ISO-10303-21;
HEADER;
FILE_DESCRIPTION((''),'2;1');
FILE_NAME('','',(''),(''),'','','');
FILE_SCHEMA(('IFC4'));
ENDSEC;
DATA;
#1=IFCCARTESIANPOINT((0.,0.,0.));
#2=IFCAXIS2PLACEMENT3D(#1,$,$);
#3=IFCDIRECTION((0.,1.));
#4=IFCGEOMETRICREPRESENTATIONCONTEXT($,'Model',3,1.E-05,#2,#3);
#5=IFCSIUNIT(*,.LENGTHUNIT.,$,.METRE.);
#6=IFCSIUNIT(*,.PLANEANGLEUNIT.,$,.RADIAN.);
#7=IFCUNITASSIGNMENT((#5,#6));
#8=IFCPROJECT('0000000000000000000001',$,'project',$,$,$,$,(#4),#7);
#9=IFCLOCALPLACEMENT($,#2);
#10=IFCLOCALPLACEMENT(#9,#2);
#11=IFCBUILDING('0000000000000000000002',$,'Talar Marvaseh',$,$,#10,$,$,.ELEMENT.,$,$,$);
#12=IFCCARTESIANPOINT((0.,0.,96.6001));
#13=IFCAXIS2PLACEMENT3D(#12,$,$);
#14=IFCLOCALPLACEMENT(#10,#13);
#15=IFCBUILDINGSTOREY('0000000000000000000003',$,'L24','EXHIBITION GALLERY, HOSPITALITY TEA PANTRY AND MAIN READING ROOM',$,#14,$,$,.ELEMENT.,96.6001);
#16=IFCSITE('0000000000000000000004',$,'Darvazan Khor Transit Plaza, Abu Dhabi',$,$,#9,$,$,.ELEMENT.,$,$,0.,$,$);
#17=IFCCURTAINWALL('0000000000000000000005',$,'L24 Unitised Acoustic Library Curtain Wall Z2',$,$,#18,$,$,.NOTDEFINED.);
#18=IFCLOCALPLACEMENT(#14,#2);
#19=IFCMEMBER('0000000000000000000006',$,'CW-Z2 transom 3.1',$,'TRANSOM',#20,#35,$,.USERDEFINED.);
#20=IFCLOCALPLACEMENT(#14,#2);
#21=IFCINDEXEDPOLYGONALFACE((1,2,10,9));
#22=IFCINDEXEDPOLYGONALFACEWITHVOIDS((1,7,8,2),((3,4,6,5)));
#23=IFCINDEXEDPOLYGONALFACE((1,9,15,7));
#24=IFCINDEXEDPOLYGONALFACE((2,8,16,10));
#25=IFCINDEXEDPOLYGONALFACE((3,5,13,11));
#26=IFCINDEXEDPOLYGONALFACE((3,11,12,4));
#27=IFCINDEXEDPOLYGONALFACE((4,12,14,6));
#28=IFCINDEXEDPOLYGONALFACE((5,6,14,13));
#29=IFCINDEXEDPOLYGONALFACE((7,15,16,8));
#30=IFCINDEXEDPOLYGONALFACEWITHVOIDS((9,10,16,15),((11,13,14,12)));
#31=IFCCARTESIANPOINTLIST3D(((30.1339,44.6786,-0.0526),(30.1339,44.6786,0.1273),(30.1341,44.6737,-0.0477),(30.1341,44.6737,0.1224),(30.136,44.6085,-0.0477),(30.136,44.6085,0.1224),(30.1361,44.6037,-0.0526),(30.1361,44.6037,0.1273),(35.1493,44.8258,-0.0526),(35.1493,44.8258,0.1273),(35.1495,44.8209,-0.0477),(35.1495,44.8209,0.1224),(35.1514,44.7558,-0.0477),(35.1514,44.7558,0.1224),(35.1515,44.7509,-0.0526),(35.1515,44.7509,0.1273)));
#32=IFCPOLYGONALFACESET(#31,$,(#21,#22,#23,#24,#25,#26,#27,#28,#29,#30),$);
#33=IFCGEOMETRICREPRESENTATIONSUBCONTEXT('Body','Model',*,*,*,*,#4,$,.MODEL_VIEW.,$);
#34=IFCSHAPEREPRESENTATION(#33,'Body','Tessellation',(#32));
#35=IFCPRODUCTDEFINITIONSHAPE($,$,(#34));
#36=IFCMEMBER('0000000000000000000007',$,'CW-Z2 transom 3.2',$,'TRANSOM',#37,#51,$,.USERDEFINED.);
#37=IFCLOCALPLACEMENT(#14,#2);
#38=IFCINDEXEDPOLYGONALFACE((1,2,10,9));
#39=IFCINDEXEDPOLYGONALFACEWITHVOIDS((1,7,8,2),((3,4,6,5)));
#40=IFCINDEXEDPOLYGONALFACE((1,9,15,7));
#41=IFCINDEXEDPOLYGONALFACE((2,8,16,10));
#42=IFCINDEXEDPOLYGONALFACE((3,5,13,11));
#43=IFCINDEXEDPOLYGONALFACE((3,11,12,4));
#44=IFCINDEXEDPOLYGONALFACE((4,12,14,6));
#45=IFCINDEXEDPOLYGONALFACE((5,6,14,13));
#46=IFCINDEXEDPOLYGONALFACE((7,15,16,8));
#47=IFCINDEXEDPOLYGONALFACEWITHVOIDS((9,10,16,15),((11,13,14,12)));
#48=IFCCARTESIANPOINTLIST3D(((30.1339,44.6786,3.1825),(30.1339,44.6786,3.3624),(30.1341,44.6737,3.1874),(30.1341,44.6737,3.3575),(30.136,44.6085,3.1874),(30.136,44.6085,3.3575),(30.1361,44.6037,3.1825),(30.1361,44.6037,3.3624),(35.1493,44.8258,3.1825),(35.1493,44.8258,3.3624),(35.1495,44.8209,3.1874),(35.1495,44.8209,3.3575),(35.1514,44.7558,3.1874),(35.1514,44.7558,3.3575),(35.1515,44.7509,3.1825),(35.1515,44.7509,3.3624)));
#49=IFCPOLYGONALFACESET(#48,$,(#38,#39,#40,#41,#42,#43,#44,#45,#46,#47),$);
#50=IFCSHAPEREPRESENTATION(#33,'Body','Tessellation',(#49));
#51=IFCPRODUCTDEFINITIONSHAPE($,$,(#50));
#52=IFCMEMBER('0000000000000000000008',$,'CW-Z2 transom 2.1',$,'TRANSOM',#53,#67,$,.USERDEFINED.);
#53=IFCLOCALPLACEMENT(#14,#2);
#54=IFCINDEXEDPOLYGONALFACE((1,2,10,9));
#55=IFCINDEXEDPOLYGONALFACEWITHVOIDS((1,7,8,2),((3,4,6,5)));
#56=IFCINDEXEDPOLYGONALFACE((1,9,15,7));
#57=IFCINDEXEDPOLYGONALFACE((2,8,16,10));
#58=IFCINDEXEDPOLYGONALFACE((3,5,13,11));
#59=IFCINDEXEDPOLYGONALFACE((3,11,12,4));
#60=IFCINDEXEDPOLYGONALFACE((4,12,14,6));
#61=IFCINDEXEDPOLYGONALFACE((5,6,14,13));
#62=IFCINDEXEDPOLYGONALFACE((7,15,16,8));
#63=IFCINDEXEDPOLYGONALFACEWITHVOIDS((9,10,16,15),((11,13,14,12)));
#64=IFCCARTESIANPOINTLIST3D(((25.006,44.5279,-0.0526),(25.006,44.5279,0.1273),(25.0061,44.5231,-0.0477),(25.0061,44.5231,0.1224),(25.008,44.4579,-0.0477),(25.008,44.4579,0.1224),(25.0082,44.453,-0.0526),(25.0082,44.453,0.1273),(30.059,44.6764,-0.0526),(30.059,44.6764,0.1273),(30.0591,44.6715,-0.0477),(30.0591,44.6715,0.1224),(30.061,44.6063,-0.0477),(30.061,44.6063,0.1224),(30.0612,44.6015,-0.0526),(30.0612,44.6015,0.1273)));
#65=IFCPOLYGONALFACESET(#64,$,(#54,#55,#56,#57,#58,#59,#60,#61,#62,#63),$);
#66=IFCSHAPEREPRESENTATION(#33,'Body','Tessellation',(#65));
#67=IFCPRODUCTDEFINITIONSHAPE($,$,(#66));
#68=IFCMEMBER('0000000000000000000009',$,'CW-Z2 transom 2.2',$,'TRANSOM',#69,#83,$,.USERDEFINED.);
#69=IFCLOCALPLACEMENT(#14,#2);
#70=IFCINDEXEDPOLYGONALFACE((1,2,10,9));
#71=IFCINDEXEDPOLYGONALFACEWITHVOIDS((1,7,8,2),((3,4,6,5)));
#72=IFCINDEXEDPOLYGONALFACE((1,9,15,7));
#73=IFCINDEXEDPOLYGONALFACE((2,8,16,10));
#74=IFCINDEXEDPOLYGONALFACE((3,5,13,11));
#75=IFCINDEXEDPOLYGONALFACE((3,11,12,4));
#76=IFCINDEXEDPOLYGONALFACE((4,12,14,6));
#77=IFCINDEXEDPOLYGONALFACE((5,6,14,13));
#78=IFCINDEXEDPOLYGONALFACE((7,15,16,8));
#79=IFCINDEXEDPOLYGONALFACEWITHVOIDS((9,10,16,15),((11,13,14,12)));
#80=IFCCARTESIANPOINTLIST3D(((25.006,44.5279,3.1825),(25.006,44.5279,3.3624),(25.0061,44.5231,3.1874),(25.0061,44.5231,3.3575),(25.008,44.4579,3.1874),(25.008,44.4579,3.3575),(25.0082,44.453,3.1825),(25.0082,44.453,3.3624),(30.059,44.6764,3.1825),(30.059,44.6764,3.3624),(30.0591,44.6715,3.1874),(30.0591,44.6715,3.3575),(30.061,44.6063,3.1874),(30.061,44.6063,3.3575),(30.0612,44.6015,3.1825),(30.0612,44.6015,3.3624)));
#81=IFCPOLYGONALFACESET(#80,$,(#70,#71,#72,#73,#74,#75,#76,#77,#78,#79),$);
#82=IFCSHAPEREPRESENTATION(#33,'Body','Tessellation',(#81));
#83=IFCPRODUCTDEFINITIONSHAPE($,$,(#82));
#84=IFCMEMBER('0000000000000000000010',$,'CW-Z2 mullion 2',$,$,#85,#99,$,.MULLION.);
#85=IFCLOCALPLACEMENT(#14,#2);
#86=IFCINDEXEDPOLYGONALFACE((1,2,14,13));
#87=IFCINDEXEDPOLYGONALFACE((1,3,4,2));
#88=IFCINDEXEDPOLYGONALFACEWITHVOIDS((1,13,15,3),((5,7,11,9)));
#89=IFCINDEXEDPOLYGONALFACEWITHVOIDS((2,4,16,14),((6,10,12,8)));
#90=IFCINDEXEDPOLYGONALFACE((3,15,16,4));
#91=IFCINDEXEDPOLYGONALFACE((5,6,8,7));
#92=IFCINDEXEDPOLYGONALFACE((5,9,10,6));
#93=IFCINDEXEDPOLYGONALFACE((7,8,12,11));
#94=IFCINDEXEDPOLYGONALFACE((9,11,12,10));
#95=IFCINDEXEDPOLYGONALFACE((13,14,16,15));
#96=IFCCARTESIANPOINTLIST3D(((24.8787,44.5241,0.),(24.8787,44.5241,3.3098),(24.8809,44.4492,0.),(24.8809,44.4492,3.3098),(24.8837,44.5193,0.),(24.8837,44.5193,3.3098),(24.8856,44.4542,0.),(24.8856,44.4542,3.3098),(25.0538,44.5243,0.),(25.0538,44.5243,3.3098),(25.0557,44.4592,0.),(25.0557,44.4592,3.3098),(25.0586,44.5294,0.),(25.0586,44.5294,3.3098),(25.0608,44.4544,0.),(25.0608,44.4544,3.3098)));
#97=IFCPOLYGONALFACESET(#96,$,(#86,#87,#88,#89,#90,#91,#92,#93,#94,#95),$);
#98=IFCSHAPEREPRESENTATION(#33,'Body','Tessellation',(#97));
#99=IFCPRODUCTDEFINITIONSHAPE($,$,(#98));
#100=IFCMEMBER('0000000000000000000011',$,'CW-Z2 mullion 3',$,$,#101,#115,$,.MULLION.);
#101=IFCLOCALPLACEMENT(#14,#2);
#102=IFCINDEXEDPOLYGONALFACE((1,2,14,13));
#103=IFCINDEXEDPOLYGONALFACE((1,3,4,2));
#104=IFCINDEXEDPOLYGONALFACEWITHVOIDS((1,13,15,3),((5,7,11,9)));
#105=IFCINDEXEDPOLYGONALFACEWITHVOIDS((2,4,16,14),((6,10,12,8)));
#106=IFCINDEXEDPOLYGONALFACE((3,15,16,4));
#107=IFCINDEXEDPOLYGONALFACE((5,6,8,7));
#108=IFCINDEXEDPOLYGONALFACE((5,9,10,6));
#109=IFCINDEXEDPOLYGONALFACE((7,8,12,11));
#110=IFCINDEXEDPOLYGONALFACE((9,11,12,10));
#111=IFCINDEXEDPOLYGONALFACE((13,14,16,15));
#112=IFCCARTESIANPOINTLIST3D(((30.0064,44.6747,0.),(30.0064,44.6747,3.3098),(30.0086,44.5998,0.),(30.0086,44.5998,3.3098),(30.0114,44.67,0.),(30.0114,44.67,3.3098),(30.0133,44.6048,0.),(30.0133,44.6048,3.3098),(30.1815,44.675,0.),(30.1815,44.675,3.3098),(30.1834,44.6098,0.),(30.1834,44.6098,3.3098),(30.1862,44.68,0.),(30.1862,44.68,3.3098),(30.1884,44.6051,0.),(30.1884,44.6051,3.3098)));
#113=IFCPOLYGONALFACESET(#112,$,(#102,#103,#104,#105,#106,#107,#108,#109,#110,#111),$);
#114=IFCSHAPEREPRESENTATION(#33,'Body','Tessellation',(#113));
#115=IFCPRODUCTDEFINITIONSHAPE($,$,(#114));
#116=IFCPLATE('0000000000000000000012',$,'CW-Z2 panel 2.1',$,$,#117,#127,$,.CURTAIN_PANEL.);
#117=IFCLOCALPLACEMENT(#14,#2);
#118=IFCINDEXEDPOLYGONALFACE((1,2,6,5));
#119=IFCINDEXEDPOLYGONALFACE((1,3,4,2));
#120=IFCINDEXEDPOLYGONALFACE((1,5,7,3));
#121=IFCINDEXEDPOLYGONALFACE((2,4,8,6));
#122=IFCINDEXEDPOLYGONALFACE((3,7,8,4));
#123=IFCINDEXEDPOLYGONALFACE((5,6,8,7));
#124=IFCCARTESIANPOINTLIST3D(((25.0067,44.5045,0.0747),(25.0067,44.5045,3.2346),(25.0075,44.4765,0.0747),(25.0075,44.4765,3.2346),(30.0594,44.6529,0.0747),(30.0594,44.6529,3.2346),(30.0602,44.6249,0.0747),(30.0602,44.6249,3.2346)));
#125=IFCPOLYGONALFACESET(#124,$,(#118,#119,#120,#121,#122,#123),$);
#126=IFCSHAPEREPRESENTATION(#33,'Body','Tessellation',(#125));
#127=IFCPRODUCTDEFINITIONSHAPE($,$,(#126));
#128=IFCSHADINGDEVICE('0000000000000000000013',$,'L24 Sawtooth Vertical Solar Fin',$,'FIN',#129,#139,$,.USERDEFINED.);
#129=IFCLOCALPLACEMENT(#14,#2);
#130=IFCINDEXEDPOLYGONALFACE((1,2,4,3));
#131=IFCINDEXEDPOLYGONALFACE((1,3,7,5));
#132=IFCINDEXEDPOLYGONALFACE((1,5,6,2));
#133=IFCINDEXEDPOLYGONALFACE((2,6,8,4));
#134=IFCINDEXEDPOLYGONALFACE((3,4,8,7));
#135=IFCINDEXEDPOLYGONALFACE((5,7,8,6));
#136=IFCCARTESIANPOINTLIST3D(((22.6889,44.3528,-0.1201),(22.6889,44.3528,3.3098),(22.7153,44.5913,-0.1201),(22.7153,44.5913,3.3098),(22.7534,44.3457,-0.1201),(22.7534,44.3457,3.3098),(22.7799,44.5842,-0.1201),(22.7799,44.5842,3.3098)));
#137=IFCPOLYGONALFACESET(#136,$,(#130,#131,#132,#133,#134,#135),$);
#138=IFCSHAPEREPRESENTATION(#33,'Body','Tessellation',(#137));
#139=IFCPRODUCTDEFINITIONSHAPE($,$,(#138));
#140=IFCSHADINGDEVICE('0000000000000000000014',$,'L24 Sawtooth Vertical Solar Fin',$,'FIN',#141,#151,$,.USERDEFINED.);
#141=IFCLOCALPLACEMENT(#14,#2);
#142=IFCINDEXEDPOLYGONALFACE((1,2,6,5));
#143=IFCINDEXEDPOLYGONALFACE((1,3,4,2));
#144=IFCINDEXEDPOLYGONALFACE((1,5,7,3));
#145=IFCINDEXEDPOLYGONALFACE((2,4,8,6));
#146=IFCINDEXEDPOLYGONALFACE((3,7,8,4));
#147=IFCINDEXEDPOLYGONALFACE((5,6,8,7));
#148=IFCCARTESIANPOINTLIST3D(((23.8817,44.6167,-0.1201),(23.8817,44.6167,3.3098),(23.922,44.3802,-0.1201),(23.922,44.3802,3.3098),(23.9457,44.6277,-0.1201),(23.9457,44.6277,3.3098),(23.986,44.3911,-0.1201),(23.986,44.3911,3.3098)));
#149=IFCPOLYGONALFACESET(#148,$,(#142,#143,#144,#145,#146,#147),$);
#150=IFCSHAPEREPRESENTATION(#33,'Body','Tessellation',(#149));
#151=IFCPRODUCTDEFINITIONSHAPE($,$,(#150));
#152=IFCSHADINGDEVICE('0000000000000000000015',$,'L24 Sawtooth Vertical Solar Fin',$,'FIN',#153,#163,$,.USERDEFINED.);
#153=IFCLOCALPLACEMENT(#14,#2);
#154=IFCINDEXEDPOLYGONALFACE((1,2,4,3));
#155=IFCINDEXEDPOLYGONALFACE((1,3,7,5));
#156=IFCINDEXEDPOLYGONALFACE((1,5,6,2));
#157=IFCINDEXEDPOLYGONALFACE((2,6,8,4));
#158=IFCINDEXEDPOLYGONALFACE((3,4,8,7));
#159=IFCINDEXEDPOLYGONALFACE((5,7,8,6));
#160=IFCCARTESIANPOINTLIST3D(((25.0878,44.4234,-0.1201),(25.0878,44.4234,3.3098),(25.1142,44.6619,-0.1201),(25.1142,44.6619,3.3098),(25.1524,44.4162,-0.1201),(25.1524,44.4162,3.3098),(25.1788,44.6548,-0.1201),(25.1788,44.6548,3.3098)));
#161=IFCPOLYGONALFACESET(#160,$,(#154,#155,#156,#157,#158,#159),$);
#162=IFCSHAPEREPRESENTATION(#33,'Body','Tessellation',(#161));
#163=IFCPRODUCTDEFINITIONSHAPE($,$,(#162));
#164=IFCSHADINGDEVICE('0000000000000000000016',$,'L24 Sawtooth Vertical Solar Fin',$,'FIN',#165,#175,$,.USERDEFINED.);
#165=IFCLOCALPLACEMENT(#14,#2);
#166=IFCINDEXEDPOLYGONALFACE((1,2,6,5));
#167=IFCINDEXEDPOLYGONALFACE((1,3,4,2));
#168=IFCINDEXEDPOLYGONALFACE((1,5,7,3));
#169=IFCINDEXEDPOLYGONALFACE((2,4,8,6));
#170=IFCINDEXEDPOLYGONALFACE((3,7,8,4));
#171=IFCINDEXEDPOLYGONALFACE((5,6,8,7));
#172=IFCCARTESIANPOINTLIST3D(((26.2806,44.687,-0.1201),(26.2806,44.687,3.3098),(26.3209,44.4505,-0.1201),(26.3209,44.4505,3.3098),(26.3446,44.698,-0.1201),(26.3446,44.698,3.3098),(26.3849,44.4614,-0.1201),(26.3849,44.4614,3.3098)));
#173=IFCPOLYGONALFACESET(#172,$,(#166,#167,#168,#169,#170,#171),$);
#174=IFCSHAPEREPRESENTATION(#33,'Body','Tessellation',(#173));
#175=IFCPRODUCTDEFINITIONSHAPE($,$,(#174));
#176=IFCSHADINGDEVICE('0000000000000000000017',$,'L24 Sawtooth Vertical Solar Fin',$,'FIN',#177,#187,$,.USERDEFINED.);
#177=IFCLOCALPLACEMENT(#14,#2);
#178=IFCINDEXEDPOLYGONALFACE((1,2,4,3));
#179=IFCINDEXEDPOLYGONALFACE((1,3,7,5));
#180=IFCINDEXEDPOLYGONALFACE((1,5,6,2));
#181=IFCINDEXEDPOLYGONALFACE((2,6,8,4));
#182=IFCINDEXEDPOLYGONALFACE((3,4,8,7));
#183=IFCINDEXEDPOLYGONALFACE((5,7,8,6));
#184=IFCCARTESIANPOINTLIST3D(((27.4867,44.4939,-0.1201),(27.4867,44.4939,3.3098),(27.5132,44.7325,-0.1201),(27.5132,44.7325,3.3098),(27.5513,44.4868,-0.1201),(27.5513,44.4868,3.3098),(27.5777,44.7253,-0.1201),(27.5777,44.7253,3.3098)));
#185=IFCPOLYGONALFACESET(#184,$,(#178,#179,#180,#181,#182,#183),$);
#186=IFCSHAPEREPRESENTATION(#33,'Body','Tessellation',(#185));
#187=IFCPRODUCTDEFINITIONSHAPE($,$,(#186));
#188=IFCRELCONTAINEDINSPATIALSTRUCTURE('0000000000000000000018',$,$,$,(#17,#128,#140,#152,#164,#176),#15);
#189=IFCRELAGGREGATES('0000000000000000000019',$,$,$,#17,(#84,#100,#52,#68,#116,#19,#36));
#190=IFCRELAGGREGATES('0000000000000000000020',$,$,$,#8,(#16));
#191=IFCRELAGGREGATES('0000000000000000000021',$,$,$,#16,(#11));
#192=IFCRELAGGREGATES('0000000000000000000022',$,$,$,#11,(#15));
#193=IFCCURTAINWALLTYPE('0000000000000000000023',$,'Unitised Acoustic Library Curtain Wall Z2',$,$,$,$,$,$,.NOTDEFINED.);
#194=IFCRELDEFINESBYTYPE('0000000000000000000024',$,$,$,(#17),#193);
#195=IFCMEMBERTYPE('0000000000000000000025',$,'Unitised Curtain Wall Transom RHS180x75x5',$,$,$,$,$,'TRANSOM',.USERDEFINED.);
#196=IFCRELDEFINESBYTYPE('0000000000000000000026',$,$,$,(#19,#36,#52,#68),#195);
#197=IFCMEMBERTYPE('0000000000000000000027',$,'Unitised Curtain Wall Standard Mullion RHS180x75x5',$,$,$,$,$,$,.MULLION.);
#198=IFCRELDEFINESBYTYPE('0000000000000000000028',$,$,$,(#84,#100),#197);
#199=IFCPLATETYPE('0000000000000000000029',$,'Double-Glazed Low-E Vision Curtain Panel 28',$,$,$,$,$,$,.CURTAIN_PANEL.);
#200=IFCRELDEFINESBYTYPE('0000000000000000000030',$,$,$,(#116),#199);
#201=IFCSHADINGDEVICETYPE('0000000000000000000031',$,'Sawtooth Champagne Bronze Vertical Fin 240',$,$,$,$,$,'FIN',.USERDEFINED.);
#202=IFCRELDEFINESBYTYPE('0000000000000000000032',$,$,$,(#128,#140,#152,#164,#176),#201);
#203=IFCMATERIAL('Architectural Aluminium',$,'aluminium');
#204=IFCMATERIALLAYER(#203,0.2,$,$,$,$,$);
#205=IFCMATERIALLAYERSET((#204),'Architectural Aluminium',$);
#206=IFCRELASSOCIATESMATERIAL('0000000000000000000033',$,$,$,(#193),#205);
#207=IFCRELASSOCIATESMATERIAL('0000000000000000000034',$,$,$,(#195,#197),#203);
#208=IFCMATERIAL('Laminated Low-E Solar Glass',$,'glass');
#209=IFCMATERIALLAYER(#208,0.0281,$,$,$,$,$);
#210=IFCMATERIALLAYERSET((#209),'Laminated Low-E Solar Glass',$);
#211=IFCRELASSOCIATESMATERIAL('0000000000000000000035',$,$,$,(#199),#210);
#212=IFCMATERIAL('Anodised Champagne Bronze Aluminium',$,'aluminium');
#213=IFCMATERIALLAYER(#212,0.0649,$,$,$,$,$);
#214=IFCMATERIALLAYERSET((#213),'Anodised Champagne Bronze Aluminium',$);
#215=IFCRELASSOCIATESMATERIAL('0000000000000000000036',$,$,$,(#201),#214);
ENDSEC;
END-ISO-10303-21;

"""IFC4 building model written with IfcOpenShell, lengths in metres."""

from ifc_helpers import new_model, si_unit, direction, frame, origin, origin_2d, place, context, subcontext, project, spatial, rectangle, hollow_rectangle, extrude, source, transform, mapped, material, layer, layer_set, material_profile, profile_set, type_object, type_shapes, element, aggregate, save


model = new_model("IFC4")

# Units and contexts
model_context = context("Model", 3, precision=1e-05, world=origin(), true_north=direction((0.0, 1.0)))
body_context = subcontext(model_context, "Body", "Model", "MODEL_VIEW")
ifc_project = project(units=[si_unit("LENGTHUNIT", "METRE"), si_unit("PLANEANGLEUNIT", "RADIAN")], contexts=[model_context])

# Site, building, storey
site_placement = place(None, origin())
site = spatial("IfcSite", under=ifc_project, at=site_placement, Name="Darvazan Khor Transit Plaza, Abu Dhabi", CompositionType="ELEMENT", RefElevation=0.0)
building_placement = place(site_placement, origin())
building = spatial("IfcBuilding", under=site, at=building_placement, Name="Talar Marvaseh", CompositionType="ELEMENT")
storey_placement = place(building_placement, frame((0.0, 0.0, 96.6001)))
storey = spatial("IfcBuildingStorey", under=building, at=storey_placement, Name="L24", Description="EXHIBITION GALLERY, HOSPITALITY TEA PANTRY AND MAIN READING ROOM", CompositionType="ELEMENT", Elevation=96.6001)

# Curtain wall, members, plate
ifc_material_1 = material(Name="Architectural Aluminium", Category="aluminium")
ifc_layer_1 = layer(ifc_material_1, 0.2)
ifc_layer_set_1 = layer_set([ifc_layer_1], Name="Architectural Aluminium")
curtain_wall_type = type_object("IfcCurtainWallType", Name="Unitised Acoustic Library Curtain Wall Z2", PredefinedType="NOTDEFINED", material=ifc_layer_set_1)
curtain_wall_placement = place(storey_placement, origin())
curtain_wall = element("IfcCurtainWall", 1, at=curtain_wall_placement, inside=storey, type_object=curtain_wall_type, Name="L24 Unitised Acoustic Library Curtain Wall Z2", PredefinedType="NOTDEFINED")
ifc_material_profile_1 = material_profile(ifc_material_1, hollow_rectangle(XDim=0.075, YDim=0.1799, WallThickness=0.0049, at=origin_2d()), Name="RHS180x75x5")
ifc_profile_set_1 = profile_set([ifc_material_profile_1], Name="Architectural Aluminium")
member_type_1 = type_object("IfcMemberType", Name="Unitised Curtain Wall Transom RHS180x75x5", ElementType="TRANSOM", PredefinedType="USERDEFINED", material=ifc_profile_set_1)
shared_shape_1 = source(origin(), body_context, "Body", "SweptSolid", [
    extrude(hollow_rectangle(XDim=0.075, YDim=0.1799, WallThickness=0.0049, at=origin_2d()), origin(), (0.0, 0.0, 1.0), 5.0176),
])
member_1_placement = place(storey_placement, frame((30.135, 44.6411, 0.0374), z_axis=(0.999569, 0.02934, 0.0), x_axis=(-0.02934, 0.999569, 0.0)))
member_1 = element("IfcMember", 2, at=member_1_placement, type_object=member_type_1, Name="CW-Z2 transom 3.1", ObjectType="TRANSOM", PredefinedType="USERDEFINED", context=body_context, shape_type="MappedRepresentation", body=[
    mapped(shared_shape_1, transform((0.0, 0.0, 0.0), x_axis=(1.0, 0.0, 0.0), y_axis=(0.0, 1.0, 0.0), z_axis=(0.0, 0.0, 1.0), scale=1.0)),
])
member_2_placement = place(storey_placement, frame((30.135, 44.6411, 3.2725), z_axis=(0.999569, 0.02934, 0.0), x_axis=(-0.02934, 0.999569, 0.0)))
member_2 = element("IfcMember", 3, at=member_2_placement, type_object=member_type_1, Name="CW-Z2 transom 3.2", ObjectType="TRANSOM", PredefinedType="USERDEFINED", context=body_context, shape_type="MappedRepresentation", body=[
    mapped(shared_shape_1, transform((0.0, 0.0, 0.0), x_axis=(1.0, 0.0, 0.0), y_axis=(0.0, 1.0, 0.0), z_axis=(0.0, 0.0, 1.0), scale=1.0)),
])
shared_shape_2 = source(origin(), body_context, "Body", "SweptSolid", [
    extrude(hollow_rectangle(XDim=0.075, YDim=0.1799, WallThickness=0.0049, at=origin_2d()), origin(), (0.0, 0.0, 1.0), 5.0552),
])
type_shapes(member_type_1, [shared_shape_1, shared_shape_2])
member_3_placement = place(storey_placement, frame((25.0071, 44.4905, 0.0374), z_axis=(0.999569, 0.029364, 0.0), x_axis=(-0.029364, 0.999569, 0.0)))
member_3 = element("IfcMember", 4, at=member_3_placement, type_object=member_type_1, Name="CW-Z2 transom 2.1", ObjectType="TRANSOM", PredefinedType="USERDEFINED", context=body_context, shape_type="MappedRepresentation", body=[
    mapped(shared_shape_2, transform((0.0, 0.0, 0.0), x_axis=(1.0, 0.0, 0.0), y_axis=(0.0, 1.0, 0.0), z_axis=(0.0, 0.0, 1.0), scale=1.0)),
])
member_4_placement = place(storey_placement, frame((25.0071, 44.4905, 3.2725), z_axis=(0.999569, 0.029364, 0.0), x_axis=(-0.029364, 0.999569, 0.0)))
member_4 = element("IfcMember", 5, at=member_4_placement, type_object=member_type_1, Name="CW-Z2 transom 2.2", ObjectType="TRANSOM", PredefinedType="USERDEFINED", context=body_context, shape_type="MappedRepresentation", body=[
    mapped(shared_shape_2, transform((0.0, 0.0, 0.0), x_axis=(1.0, 0.0, 0.0), y_axis=(0.0, 1.0, 0.0), z_axis=(0.0, 0.0, 1.0), scale=1.0)),
])
ifc_material_profile_2 = material_profile(ifc_material_1, hollow_rectangle(XDim=0.075, YDim=0.1799, WallThickness=0.0049, at=origin_2d()), Name="RHS180x75x5")
ifc_profile_set_2 = profile_set([ifc_material_profile_2], Name="Architectural Aluminium")
member_type_2 = type_object("IfcMemberType", Name="Unitised Curtain Wall Standard Mullion RHS180x75x5", PredefinedType="MULLION", material=ifc_profile_set_2)
shared_shape_3 = source(origin(), body_context, "Body", "SweptSolid", [
    extrude(hollow_rectangle(XDim=0.075, YDim=0.1799, WallThickness=0.0049, at=origin_2d()), origin(), (0.0, 0.0, 1.0), 3.3098),
])
type_shapes(member_type_2, [shared_shape_3])
member_5_placement = place(storey_placement, frame((24.9697, 44.4893, 0.0), z_axis=(0.0, 0.0, 1.0), x_axis=(-0.029356, 0.999569, 0.0)))
member_5 = element("IfcMember", 6, at=member_5_placement, type_object=member_type_2, Name="CW-Z2 mullion 2", PredefinedType="MULLION", context=body_context, shape_type="MappedRepresentation", body=[
    mapped(shared_shape_3, transform((0.0, 0.0, 0.0), x_axis=(1.0, 0.0, 0.0), y_axis=(0.0, 1.0, 0.0), z_axis=(0.0, 0.0, 1.0), scale=1.0)),
])
member_6_placement = place(storey_placement, frame((30.0974, 44.6399, 0.0), z_axis=(0.0, 0.0, 1.0), x_axis=(-0.029356, 0.999569, 0.0)))
member_6 = element("IfcMember", 7, at=member_6_placement, type_object=member_type_2, Name="CW-Z2 mullion 3", PredefinedType="MULLION", context=body_context, shape_type="MappedRepresentation", body=[
    mapped(shared_shape_3, transform((0.0, 0.0, 0.0), x_axis=(1.0, 0.0, 0.0), y_axis=(0.0, 1.0, 0.0), z_axis=(0.0, 0.0, 1.0), scale=1.0)),
])
ifc_material_2 = material(Name="Laminated Low-E Solar Glass", Category="glass")
ifc_layer_2 = layer(ifc_material_2, 0.0281)
ifc_layer_set_2 = layer_set([ifc_layer_2], Name="Laminated Low-E Solar Glass")
plate_type = type_object("IfcPlateType", Name="Double-Glazed Low-E Vision Curtain Panel 28", PredefinedType="CURTAIN_PANEL", material=ifc_layer_set_2)
shared_shape_4 = source(origin(), body_context, "Body", "SweptSolid", [
    extrude(rectangle(XDim=5.0549, YDim=0.0281, at=origin_2d()), origin(), (0.0, 0.0, 1.0), 3.1599),
])
type_shapes(plate_type, [shared_shape_4])
plate_placement = place(storey_placement, frame((27.5334, 44.5647, 0.0747), z_axis=(0.0, 0.0, 1.0), x_axis=(0.999569, 0.029356, 0.0)))
plate = element("IfcPlate", 8, at=plate_placement, type_object=plate_type, Name="CW-Z2 panel 2.1", PredefinedType="CURTAIN_PANEL", context=body_context, shape_type="MappedRepresentation", body=[
    mapped(shared_shape_4, transform((0.0, 0.0, 0.0), x_axis=(1.0, 0.0, 0.0), y_axis=(0.0, 1.0, 0.0), z_axis=(0.0, 0.0, 1.0), scale=1.0)),
])
aggregate(curtain_wall, [member_5, member_6, member_3, member_4, plate, member_1, member_2])

# Shading devices
ifc_material_3 = material(Name="Anodised Champagne Bronze Aluminium", Category="aluminium")
ifc_layer_3 = layer(ifc_material_3, 0.0649)
ifc_layer_set_3 = layer_set([ifc_layer_3], Name="Anodised Champagne Bronze Aluminium")
shading_device_type = type_object("IfcShadingDeviceType", Name="Sawtooth Champagne Bronze Vertical Fin 240", ElementType="FIN", PredefinedType="USERDEFINED", material=ifc_layer_set_3)
shared_shape_5 = source(origin(), body_context, "Body", "SweptSolid", [
    extrude(rectangle(XDim=0.24, YDim=0.0649, at=origin_2d()), origin(), (0.0, 0.0, 1.0), 3.4299),
])
type_shapes(shading_device_type, [shared_shape_5])
for number, where, z_axis, x_axis, name in (
    (9, (22.7344, 44.4685, -0.1201), (0.0, 0.0, 1.0), (0.110081, 0.993923, 0.0), "L24 Sawtooth Vertical Solar Fin"),
    (10, (23.9338, 44.5039, -0.1201), (0.0, 0.0, 1.0), (-0.168145, 0.985762, 0.0), "L24 Sawtooth Vertical Solar Fin"),
    (11, (25.1333, 44.5391, -0.1201), (0.0, 0.0, 1.0), (0.110081, 0.993923, 0.0), "L24 Sawtooth Vertical Solar Fin"),
    (12, (26.3328, 44.5742, -0.1201), (0.0, 0.0, 1.0), (-0.168145, 0.985762, 0.0), "L24 Sawtooth Vertical Solar Fin"),
    (13, (27.5322, 44.6096, -0.1201), (0.0, 0.0, 1.0), (0.110081, 0.993923, 0.0), "L24 Sawtooth Vertical Solar Fin"),
):
    element("IfcShadingDevice", number, at=place(storey_placement, frame(where, z_axis=z_axis, x_axis=x_axis)), inside=storey, type_object=shading_device_type, Name=name, ObjectType="FIN", PredefinedType="USERDEFINED", context=body_context, shape_type="MappedRepresentation", body=[
        mapped(shared_shape_5, transform((0.0, 0.0, 0.0), x_axis=(1.0, 0.0, 0.0), y_axis=(0.0, 1.0, 0.0), z_axis=(0.0, 0.0, 1.0), scale=1.0)),
    ])

save(model, "model.ifc")
